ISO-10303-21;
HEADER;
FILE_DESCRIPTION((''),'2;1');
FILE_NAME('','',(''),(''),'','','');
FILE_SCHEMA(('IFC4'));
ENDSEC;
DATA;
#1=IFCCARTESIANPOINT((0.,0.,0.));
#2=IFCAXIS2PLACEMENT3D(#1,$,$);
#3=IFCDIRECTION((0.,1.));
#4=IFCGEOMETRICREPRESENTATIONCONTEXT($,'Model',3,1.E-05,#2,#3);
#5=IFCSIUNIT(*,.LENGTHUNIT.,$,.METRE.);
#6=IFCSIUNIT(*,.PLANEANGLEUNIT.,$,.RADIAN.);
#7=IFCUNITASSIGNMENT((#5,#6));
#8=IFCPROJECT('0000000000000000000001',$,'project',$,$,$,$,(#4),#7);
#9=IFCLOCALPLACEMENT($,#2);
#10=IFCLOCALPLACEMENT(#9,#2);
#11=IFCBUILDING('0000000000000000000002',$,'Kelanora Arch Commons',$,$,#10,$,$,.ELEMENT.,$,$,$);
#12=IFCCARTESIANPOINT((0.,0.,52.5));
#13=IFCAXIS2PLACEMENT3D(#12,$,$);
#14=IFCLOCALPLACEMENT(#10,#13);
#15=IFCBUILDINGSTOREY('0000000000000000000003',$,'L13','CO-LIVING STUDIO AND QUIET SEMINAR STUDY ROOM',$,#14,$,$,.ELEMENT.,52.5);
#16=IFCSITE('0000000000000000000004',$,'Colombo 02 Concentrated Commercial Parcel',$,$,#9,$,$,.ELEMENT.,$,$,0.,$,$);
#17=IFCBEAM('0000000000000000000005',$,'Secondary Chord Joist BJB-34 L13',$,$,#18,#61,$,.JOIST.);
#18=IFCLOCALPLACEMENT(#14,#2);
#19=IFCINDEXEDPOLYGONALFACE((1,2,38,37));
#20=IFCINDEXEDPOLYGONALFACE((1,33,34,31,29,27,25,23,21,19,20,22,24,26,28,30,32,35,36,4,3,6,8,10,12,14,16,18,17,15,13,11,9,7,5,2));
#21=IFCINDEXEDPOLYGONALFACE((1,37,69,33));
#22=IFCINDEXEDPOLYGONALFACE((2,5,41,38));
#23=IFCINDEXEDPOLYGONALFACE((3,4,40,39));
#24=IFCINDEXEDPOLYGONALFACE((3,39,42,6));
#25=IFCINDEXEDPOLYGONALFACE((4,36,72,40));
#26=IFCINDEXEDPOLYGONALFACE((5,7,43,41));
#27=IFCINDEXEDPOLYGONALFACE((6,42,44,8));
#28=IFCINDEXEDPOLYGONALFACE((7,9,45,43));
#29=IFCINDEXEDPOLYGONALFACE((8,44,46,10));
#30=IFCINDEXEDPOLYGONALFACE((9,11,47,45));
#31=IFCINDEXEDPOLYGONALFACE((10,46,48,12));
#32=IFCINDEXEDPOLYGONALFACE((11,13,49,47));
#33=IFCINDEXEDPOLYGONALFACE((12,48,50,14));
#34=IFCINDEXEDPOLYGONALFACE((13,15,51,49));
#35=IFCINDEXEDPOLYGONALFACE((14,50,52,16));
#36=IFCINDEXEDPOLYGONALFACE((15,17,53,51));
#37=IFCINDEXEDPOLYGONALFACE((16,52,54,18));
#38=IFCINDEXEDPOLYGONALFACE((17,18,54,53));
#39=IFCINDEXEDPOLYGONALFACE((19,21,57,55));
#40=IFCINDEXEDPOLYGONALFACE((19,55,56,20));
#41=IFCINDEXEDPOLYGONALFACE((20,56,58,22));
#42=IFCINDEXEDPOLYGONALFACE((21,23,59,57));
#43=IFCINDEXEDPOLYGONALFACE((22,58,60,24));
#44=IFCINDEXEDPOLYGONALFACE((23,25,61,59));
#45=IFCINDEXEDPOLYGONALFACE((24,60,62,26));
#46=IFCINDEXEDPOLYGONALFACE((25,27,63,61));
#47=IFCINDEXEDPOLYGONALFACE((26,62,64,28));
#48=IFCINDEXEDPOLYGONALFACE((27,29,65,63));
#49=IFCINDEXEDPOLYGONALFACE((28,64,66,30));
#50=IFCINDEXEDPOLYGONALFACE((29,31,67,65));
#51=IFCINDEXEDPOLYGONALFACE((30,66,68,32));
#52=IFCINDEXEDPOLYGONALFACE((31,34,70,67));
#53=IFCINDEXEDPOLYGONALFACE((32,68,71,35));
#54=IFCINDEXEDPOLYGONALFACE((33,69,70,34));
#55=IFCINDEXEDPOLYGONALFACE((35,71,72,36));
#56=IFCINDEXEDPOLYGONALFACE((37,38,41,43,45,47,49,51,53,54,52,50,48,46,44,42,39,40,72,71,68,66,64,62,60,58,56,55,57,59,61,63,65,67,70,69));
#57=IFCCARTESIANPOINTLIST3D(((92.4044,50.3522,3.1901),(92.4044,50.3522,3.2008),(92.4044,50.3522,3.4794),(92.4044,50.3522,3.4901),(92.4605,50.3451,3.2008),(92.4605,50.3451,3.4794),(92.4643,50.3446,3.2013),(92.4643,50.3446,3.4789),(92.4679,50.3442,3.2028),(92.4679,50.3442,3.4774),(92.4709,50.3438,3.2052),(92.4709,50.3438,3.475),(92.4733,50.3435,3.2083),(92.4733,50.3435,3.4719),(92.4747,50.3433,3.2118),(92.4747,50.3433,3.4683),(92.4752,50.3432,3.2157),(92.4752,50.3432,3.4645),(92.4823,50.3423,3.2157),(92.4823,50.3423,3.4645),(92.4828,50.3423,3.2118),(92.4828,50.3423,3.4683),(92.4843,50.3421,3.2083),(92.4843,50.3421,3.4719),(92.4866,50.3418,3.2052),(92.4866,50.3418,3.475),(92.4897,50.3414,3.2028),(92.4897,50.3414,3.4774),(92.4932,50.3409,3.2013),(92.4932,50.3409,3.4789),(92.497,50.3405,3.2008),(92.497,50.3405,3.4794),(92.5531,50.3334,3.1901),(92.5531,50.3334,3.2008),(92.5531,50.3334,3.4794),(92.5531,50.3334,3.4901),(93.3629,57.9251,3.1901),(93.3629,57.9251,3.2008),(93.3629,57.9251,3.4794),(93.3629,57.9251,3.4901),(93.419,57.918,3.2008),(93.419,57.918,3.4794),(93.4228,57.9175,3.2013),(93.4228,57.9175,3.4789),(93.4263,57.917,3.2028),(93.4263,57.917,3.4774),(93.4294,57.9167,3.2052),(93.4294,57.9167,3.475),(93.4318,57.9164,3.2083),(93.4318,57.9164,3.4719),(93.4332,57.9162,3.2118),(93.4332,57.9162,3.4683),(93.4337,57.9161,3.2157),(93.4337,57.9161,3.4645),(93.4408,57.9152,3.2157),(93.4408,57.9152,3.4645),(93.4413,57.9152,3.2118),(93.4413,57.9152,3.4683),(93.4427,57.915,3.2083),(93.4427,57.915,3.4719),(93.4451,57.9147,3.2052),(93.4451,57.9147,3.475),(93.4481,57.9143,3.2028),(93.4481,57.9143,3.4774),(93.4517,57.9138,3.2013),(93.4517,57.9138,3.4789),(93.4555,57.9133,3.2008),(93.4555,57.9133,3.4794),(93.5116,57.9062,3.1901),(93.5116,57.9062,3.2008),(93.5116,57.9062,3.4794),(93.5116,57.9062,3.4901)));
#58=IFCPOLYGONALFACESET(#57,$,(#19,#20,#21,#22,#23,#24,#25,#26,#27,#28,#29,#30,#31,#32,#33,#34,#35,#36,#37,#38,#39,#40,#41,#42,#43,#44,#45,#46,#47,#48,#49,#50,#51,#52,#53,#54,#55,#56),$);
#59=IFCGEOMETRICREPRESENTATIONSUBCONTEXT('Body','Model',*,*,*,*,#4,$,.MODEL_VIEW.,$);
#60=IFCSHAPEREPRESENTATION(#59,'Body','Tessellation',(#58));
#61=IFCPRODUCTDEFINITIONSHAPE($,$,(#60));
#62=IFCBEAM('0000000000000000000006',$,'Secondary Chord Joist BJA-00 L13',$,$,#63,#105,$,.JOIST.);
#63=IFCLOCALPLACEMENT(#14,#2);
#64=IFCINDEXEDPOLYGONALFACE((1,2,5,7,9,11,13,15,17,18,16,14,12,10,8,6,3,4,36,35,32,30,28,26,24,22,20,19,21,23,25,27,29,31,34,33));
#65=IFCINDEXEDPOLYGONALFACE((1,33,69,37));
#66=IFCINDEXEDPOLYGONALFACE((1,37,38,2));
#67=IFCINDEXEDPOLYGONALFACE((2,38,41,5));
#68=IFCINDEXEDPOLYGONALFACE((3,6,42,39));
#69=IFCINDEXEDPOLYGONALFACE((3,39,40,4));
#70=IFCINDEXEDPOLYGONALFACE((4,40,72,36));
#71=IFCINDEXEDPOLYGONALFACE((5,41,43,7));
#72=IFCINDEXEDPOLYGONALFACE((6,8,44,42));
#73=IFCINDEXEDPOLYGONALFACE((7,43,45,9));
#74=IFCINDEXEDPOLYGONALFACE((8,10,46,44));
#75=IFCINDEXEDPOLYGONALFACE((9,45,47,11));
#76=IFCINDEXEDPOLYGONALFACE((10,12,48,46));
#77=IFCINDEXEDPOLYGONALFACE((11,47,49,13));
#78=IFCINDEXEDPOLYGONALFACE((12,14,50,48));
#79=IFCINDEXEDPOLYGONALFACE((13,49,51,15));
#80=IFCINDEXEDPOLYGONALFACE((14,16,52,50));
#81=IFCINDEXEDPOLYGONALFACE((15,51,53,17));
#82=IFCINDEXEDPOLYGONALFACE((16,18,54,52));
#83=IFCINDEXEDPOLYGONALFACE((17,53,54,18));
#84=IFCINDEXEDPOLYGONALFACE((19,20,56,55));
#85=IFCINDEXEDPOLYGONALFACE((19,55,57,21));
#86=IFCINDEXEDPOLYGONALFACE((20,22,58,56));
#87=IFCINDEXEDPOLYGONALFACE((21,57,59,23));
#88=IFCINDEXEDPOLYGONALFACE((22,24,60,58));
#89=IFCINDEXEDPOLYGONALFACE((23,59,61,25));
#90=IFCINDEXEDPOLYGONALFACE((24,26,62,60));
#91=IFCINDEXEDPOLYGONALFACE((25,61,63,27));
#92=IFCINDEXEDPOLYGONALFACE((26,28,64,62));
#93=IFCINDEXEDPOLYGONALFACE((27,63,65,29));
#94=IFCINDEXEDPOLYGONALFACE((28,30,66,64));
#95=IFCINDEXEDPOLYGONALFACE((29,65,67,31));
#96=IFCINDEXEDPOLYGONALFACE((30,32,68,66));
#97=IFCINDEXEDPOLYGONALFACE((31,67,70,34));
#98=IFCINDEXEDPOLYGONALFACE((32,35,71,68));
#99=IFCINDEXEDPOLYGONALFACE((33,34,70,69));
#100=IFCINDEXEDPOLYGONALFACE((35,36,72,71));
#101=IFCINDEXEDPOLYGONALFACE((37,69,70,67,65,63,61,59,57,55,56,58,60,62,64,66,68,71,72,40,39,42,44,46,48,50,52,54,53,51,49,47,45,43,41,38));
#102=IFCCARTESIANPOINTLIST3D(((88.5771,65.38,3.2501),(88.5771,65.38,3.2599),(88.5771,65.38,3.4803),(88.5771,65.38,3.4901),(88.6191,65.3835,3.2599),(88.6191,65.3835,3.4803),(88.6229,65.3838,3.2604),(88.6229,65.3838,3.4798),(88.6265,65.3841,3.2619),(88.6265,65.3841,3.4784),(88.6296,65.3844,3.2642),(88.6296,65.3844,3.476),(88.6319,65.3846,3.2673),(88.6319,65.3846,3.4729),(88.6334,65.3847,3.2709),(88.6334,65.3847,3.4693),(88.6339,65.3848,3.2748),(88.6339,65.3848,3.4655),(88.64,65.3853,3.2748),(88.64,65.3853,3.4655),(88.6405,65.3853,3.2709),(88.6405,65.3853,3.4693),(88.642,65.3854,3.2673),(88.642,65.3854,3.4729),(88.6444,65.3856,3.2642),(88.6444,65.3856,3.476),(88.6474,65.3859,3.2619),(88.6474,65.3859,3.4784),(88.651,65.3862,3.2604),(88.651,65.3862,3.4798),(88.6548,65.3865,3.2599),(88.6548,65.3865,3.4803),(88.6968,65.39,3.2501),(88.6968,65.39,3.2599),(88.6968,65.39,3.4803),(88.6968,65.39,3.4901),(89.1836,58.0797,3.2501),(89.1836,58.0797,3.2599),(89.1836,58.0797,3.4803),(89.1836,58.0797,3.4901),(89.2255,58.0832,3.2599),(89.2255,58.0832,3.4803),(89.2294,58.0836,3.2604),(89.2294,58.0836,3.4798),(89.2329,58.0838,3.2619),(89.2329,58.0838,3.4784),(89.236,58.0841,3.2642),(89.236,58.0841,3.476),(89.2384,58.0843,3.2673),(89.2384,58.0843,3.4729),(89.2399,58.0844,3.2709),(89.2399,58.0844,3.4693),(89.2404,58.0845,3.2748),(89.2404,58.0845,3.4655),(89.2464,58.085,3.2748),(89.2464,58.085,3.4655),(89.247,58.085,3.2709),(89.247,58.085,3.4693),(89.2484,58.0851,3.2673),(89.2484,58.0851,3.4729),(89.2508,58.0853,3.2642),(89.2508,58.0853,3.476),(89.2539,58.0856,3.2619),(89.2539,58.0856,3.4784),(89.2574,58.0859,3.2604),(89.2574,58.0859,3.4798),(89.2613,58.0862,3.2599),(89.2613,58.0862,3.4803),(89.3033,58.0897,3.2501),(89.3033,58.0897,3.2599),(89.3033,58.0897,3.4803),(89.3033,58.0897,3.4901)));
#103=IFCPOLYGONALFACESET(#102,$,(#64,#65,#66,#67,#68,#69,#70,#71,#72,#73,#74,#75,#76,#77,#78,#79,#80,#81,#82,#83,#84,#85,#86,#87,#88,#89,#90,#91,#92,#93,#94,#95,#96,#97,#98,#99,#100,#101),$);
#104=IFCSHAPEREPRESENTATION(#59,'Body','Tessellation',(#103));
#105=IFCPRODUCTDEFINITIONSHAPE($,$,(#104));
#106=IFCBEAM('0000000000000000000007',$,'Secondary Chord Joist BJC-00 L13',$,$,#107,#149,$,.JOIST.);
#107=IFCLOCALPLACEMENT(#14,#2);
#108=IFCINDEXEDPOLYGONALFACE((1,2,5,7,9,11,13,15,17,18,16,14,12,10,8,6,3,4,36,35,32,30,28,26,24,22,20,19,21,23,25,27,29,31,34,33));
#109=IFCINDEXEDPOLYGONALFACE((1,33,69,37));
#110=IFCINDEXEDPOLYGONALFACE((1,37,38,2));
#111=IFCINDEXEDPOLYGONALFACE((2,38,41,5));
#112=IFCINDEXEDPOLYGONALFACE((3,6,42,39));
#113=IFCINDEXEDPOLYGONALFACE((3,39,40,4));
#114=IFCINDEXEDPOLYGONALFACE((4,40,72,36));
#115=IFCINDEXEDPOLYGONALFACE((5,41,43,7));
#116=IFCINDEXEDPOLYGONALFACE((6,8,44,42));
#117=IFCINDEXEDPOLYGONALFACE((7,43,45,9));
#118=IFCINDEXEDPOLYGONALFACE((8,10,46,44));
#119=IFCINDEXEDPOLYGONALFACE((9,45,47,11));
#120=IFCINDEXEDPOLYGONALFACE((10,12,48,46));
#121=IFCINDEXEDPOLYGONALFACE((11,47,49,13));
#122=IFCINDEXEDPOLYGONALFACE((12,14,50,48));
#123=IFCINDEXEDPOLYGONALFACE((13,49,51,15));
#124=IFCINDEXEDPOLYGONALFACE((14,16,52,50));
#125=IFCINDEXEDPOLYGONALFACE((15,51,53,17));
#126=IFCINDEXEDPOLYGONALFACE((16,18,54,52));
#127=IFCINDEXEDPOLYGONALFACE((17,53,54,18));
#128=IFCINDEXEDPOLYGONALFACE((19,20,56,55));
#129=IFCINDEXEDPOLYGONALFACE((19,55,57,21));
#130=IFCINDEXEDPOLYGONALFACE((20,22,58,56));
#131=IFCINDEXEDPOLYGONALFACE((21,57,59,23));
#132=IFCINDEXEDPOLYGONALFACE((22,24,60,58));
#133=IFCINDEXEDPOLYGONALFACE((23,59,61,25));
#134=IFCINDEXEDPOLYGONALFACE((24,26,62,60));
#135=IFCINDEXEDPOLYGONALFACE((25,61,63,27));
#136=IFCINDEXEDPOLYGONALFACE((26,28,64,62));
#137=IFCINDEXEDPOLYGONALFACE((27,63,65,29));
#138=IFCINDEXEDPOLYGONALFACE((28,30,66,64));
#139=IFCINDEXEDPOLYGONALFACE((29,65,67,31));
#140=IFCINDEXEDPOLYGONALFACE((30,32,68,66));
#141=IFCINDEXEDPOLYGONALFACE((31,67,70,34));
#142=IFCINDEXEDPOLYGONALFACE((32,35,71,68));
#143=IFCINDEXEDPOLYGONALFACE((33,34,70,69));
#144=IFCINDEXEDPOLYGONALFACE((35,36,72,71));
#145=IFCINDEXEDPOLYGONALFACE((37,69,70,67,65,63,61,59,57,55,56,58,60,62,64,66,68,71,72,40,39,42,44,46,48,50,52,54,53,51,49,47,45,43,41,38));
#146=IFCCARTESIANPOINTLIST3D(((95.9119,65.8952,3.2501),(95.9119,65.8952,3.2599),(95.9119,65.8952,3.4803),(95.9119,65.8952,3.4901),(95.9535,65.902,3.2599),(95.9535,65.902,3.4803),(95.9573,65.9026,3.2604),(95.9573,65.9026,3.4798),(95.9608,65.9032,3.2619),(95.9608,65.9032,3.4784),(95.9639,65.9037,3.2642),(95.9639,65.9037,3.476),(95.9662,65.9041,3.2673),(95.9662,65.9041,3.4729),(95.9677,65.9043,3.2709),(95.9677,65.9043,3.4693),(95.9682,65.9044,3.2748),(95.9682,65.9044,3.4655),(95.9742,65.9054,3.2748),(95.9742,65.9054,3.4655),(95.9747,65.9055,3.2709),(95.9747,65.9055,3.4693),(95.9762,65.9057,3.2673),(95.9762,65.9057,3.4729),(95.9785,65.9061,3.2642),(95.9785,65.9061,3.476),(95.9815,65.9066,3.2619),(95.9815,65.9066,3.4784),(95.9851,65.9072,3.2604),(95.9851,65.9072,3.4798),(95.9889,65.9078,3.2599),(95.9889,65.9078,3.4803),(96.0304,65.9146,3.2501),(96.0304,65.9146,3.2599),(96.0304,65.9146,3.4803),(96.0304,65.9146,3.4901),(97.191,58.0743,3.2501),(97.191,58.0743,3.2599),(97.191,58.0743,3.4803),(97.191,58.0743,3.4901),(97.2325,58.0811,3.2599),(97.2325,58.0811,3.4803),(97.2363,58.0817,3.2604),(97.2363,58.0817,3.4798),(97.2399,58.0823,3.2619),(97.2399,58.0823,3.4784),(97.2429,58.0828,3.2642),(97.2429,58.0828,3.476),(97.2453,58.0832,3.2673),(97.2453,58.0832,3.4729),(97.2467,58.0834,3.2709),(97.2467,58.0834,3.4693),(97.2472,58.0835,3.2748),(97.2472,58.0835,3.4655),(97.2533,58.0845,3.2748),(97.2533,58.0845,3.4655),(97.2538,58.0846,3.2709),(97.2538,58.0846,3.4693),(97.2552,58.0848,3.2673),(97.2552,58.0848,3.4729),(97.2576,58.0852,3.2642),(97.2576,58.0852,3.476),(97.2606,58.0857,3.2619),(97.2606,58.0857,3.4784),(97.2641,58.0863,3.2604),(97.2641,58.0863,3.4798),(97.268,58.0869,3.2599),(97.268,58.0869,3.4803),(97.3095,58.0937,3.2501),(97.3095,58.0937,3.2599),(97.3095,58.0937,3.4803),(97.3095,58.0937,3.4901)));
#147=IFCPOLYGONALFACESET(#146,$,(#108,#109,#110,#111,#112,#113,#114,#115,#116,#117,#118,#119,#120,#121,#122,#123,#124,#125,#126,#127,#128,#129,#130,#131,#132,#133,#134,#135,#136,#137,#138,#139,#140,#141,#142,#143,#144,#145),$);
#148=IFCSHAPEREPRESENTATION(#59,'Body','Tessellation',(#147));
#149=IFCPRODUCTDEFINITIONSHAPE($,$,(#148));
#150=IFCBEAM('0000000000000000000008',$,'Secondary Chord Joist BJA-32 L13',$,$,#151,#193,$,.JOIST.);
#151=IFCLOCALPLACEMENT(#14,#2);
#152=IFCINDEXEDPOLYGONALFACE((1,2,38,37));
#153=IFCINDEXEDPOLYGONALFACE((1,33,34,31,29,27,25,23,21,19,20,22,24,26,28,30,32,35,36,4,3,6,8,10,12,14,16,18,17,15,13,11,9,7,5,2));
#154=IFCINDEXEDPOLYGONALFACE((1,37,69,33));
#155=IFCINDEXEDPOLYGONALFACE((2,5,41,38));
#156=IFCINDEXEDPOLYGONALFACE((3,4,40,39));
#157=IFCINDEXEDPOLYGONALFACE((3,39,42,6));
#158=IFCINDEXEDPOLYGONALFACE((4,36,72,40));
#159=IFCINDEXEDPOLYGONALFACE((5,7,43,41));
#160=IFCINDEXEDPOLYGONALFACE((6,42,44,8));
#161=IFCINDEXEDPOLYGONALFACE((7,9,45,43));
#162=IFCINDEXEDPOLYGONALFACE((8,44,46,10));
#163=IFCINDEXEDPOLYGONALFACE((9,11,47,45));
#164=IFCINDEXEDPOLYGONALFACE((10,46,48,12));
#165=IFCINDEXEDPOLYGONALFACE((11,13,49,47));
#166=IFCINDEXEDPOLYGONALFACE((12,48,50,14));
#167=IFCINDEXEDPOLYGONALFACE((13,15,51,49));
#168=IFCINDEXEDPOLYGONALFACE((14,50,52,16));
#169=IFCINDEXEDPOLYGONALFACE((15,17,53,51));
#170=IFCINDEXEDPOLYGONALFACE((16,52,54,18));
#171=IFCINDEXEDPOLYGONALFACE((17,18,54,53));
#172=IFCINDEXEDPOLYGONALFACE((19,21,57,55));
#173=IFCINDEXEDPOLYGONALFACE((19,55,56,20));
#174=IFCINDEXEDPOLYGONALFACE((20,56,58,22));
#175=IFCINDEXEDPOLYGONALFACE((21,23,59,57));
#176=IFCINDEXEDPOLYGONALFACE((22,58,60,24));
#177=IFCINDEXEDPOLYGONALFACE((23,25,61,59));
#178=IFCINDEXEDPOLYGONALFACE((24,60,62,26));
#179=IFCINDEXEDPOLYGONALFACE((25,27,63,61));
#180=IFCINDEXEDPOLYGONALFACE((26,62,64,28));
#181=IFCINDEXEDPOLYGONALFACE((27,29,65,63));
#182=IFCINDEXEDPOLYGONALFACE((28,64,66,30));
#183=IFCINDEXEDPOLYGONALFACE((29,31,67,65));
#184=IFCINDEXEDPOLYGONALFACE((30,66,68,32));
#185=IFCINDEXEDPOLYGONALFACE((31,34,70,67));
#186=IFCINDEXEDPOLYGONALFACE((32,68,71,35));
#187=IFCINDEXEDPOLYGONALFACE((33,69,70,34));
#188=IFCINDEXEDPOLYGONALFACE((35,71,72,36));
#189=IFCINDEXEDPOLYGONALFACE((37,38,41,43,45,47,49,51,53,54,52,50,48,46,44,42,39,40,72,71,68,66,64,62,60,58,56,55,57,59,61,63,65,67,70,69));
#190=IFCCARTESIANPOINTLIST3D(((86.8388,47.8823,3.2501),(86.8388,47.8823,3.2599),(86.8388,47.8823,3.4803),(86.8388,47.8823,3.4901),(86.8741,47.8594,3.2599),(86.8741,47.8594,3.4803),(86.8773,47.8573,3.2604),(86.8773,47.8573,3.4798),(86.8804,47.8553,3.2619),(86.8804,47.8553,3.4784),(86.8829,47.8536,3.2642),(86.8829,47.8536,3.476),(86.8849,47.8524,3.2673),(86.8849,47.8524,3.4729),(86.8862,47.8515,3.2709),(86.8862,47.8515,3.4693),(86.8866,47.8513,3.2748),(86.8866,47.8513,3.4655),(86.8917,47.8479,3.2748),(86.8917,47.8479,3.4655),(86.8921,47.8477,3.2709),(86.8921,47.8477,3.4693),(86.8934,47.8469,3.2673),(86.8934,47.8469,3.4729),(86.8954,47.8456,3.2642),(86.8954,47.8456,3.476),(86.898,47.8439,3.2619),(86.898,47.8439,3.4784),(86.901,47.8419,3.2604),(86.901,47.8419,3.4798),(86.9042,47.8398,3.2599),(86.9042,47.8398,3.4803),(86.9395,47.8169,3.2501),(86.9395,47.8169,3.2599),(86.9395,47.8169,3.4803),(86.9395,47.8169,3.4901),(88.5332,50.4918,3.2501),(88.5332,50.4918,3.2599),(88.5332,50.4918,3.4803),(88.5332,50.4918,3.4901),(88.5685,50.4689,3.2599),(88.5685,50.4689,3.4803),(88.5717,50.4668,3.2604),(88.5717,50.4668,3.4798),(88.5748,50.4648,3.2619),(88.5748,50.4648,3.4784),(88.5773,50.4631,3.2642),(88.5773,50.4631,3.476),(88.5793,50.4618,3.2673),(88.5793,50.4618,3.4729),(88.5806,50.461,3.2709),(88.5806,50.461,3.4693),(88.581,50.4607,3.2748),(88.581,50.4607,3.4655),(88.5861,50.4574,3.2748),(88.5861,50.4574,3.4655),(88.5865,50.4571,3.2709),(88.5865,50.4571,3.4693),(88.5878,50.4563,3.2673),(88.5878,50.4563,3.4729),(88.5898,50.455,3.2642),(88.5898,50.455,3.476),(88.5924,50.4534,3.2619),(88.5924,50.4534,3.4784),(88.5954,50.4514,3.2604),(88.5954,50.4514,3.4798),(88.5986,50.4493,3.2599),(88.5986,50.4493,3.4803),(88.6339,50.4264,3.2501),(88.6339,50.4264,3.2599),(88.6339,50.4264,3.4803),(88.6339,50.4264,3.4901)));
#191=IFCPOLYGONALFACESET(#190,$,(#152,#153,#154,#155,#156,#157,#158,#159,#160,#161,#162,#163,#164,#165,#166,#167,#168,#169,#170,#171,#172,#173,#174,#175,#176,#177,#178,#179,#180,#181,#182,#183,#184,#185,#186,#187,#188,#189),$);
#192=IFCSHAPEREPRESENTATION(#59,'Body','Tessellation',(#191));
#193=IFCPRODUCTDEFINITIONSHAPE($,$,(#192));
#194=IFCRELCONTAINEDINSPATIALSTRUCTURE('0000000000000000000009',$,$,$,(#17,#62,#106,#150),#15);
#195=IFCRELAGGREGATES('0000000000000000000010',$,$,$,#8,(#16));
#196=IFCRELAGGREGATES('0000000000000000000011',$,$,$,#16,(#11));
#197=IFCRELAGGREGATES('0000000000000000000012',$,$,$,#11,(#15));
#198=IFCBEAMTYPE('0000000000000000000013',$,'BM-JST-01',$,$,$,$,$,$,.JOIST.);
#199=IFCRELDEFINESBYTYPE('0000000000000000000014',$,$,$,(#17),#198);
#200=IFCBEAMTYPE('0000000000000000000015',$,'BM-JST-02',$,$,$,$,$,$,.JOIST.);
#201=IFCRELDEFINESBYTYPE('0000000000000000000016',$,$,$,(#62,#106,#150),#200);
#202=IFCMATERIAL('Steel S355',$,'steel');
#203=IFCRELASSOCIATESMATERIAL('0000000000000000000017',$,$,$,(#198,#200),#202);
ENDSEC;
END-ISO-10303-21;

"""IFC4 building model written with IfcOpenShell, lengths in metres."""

from ifc_helpers import new_model, si_unit, direction, frame, origin, origin_2d, place, context, subcontext, project, spatial, i_section, extrude, material, material_profile, profile_set, type_object, element, save


model = new_model("IFC4")

# Units and contexts
model_context = context("Model", 3, precision=1e-05, world=origin(), true_north=direction((0.0, 1.0)))
body_context = subcontext(model_context, "Body", "Model", "MODEL_VIEW")
ifc_project = project(units=[si_unit("LENGTHUNIT", "METRE"), si_unit("PLANEANGLEUNIT", "RADIAN")], contexts=[model_context])

# Site, building, storey
site_placement = place(None, origin())
site = spatial("IfcSite", under=ifc_project, at=site_placement, Name="Colombo 02 Concentrated Commercial Parcel", CompositionType="ELEMENT", RefElevation=0.0)
building_placement = place(site_placement, origin())
building = spatial("IfcBuilding", under=site, at=building_placement, Name="Kelanora Arch Commons", CompositionType="ELEMENT")
storey_placement = place(building_placement, frame((0.0, 0.0, 52.5)))
storey = spatial("IfcBuildingStorey", under=building, at=storey_placement, Name="L13", Description="CO-LIVING STUDIO AND QUIET SEMINAR STUDY ROOM", CompositionType="ELEMENT", Elevation=52.5)

# Beams
ifc_material_1 = material(Name="Steel S355", Category="steel")
ifc_material_profile_1 = material_profile(ifc_material_1, i_section(OverallWidth=0.1499, OverallDepth=0.3, WebThickness=0.0071, FlangeThickness=0.0107, FilletRadius=0.0149, at=origin_2d()), Name="IPE300")
ifc_profile_set_1 = profile_set([ifc_material_profile_1], Name="Steel S355")
beam_type_1 = type_object("IfcBeamType", Name="BM-JST-01", PredefinedType="JOIST", material=ifc_profile_set_1)
for number, where, z_axis, x_axis, name in (
    (1, (92.4788, 50.3428, 3.3401), (0.125566, 0.992085, 0.0), (-0.992085, 0.125566, 0.0), "Secondary Chord Joist BJB-34 L13"),
):
    element("IfcBeam", number, at=place(storey_placement, frame(where, z_axis=z_axis, x_axis=x_axis)), inside=storey, type_object=beam_type_1, Name=name, PredefinedType="JOIST", context=body_context, shape_type="SweptSolid", body=[
        extrude(i_section(OverallWidth=0.1499, OverallDepth=0.3, WebThickness=0.0071, FlangeThickness=0.0107, FilletRadius=0.0149, at=origin_2d()), origin(), (0.0, 0.0, 1.0), 7.6333),
    ])
ifc_material_profile_2 = material_profile(ifc_material_1, i_section(OverallWidth=0.1201, OverallDepth=0.24, WebThickness=0.0061, FlangeThickness=0.0098, FilletRadius=0.0149, at=origin_2d()), Name="IPE240")
ifc_profile_set_2 = profile_set([ifc_material_profile_2], Name="Steel S355")
beam_type_2 = type_object("IfcBeamType", Name="BM-JST-02", PredefinedType="JOIST", material=ifc_profile_set_2)
beam_1_placement = place(storey_placement, frame((89.2434, 58.0847, 3.3701), z_axis=(-0.082786, 0.996567, 0.0), x_axis=(-0.996567, -0.082786, 0.0)))
element("IfcBeam", 2, at=beam_1_placement, inside=storey, type_object=beam_type_2, Name="Secondary Chord Joist BJA-00 L13", PredefinedType="JOIST", context=body_context, shape_type="SweptSolid", body=[
    extrude(i_section(OverallWidth=0.1201, OverallDepth=0.24, WebThickness=0.0061, FlangeThickness=0.0098, FilletRadius=0.0149, at=origin_2d()), origin(), (0.0, 0.0, 1.0), 7.3254),
])
beam_2_placement = place(storey_placement, frame((97.2502, 58.084, 3.3701), z_axis=(-0.161401, 0.986889, 0.0), x_axis=(-0.986889, -0.161401, 0.0)))
element("IfcBeam", 3, at=beam_2_placement, inside=storey, type_object=beam_type_2, Name="Secondary Chord Joist BJC-00 L13", PredefinedType="JOIST", context=body_context, shape_type="SweptSolid", body=[
    extrude(i_section(OverallWidth=0.1201, OverallDepth=0.24, WebThickness=0.0061, FlangeThickness=0.0098, FilletRadius=0.0149, at=origin_2d()), origin(), (0.0, 0.0, 1.0), 7.9248),
])
beam_3_placement = place(storey_placement, frame((86.8892, 47.8496, 3.3701), z_axis=(0.544591, 0.838702, 0.0), x_axis=(-0.838702, 0.544591, 0.0)))
element("IfcBeam", 4, at=beam_3_placement, inside=storey, type_object=beam_type_2, Name="Secondary Chord Joist BJA-32 L13", PredefinedType="JOIST", context=body_context, shape_type="SweptSolid", body=[
    extrude(i_section(OverallWidth=0.1201, OverallDepth=0.24, WebThickness=0.0061, FlangeThickness=0.0098, FilletRadius=0.0149, at=origin_2d()), origin(), (0.0, 0.0, 1.0), 3.1113),
])

save(model, "model.ifc")
